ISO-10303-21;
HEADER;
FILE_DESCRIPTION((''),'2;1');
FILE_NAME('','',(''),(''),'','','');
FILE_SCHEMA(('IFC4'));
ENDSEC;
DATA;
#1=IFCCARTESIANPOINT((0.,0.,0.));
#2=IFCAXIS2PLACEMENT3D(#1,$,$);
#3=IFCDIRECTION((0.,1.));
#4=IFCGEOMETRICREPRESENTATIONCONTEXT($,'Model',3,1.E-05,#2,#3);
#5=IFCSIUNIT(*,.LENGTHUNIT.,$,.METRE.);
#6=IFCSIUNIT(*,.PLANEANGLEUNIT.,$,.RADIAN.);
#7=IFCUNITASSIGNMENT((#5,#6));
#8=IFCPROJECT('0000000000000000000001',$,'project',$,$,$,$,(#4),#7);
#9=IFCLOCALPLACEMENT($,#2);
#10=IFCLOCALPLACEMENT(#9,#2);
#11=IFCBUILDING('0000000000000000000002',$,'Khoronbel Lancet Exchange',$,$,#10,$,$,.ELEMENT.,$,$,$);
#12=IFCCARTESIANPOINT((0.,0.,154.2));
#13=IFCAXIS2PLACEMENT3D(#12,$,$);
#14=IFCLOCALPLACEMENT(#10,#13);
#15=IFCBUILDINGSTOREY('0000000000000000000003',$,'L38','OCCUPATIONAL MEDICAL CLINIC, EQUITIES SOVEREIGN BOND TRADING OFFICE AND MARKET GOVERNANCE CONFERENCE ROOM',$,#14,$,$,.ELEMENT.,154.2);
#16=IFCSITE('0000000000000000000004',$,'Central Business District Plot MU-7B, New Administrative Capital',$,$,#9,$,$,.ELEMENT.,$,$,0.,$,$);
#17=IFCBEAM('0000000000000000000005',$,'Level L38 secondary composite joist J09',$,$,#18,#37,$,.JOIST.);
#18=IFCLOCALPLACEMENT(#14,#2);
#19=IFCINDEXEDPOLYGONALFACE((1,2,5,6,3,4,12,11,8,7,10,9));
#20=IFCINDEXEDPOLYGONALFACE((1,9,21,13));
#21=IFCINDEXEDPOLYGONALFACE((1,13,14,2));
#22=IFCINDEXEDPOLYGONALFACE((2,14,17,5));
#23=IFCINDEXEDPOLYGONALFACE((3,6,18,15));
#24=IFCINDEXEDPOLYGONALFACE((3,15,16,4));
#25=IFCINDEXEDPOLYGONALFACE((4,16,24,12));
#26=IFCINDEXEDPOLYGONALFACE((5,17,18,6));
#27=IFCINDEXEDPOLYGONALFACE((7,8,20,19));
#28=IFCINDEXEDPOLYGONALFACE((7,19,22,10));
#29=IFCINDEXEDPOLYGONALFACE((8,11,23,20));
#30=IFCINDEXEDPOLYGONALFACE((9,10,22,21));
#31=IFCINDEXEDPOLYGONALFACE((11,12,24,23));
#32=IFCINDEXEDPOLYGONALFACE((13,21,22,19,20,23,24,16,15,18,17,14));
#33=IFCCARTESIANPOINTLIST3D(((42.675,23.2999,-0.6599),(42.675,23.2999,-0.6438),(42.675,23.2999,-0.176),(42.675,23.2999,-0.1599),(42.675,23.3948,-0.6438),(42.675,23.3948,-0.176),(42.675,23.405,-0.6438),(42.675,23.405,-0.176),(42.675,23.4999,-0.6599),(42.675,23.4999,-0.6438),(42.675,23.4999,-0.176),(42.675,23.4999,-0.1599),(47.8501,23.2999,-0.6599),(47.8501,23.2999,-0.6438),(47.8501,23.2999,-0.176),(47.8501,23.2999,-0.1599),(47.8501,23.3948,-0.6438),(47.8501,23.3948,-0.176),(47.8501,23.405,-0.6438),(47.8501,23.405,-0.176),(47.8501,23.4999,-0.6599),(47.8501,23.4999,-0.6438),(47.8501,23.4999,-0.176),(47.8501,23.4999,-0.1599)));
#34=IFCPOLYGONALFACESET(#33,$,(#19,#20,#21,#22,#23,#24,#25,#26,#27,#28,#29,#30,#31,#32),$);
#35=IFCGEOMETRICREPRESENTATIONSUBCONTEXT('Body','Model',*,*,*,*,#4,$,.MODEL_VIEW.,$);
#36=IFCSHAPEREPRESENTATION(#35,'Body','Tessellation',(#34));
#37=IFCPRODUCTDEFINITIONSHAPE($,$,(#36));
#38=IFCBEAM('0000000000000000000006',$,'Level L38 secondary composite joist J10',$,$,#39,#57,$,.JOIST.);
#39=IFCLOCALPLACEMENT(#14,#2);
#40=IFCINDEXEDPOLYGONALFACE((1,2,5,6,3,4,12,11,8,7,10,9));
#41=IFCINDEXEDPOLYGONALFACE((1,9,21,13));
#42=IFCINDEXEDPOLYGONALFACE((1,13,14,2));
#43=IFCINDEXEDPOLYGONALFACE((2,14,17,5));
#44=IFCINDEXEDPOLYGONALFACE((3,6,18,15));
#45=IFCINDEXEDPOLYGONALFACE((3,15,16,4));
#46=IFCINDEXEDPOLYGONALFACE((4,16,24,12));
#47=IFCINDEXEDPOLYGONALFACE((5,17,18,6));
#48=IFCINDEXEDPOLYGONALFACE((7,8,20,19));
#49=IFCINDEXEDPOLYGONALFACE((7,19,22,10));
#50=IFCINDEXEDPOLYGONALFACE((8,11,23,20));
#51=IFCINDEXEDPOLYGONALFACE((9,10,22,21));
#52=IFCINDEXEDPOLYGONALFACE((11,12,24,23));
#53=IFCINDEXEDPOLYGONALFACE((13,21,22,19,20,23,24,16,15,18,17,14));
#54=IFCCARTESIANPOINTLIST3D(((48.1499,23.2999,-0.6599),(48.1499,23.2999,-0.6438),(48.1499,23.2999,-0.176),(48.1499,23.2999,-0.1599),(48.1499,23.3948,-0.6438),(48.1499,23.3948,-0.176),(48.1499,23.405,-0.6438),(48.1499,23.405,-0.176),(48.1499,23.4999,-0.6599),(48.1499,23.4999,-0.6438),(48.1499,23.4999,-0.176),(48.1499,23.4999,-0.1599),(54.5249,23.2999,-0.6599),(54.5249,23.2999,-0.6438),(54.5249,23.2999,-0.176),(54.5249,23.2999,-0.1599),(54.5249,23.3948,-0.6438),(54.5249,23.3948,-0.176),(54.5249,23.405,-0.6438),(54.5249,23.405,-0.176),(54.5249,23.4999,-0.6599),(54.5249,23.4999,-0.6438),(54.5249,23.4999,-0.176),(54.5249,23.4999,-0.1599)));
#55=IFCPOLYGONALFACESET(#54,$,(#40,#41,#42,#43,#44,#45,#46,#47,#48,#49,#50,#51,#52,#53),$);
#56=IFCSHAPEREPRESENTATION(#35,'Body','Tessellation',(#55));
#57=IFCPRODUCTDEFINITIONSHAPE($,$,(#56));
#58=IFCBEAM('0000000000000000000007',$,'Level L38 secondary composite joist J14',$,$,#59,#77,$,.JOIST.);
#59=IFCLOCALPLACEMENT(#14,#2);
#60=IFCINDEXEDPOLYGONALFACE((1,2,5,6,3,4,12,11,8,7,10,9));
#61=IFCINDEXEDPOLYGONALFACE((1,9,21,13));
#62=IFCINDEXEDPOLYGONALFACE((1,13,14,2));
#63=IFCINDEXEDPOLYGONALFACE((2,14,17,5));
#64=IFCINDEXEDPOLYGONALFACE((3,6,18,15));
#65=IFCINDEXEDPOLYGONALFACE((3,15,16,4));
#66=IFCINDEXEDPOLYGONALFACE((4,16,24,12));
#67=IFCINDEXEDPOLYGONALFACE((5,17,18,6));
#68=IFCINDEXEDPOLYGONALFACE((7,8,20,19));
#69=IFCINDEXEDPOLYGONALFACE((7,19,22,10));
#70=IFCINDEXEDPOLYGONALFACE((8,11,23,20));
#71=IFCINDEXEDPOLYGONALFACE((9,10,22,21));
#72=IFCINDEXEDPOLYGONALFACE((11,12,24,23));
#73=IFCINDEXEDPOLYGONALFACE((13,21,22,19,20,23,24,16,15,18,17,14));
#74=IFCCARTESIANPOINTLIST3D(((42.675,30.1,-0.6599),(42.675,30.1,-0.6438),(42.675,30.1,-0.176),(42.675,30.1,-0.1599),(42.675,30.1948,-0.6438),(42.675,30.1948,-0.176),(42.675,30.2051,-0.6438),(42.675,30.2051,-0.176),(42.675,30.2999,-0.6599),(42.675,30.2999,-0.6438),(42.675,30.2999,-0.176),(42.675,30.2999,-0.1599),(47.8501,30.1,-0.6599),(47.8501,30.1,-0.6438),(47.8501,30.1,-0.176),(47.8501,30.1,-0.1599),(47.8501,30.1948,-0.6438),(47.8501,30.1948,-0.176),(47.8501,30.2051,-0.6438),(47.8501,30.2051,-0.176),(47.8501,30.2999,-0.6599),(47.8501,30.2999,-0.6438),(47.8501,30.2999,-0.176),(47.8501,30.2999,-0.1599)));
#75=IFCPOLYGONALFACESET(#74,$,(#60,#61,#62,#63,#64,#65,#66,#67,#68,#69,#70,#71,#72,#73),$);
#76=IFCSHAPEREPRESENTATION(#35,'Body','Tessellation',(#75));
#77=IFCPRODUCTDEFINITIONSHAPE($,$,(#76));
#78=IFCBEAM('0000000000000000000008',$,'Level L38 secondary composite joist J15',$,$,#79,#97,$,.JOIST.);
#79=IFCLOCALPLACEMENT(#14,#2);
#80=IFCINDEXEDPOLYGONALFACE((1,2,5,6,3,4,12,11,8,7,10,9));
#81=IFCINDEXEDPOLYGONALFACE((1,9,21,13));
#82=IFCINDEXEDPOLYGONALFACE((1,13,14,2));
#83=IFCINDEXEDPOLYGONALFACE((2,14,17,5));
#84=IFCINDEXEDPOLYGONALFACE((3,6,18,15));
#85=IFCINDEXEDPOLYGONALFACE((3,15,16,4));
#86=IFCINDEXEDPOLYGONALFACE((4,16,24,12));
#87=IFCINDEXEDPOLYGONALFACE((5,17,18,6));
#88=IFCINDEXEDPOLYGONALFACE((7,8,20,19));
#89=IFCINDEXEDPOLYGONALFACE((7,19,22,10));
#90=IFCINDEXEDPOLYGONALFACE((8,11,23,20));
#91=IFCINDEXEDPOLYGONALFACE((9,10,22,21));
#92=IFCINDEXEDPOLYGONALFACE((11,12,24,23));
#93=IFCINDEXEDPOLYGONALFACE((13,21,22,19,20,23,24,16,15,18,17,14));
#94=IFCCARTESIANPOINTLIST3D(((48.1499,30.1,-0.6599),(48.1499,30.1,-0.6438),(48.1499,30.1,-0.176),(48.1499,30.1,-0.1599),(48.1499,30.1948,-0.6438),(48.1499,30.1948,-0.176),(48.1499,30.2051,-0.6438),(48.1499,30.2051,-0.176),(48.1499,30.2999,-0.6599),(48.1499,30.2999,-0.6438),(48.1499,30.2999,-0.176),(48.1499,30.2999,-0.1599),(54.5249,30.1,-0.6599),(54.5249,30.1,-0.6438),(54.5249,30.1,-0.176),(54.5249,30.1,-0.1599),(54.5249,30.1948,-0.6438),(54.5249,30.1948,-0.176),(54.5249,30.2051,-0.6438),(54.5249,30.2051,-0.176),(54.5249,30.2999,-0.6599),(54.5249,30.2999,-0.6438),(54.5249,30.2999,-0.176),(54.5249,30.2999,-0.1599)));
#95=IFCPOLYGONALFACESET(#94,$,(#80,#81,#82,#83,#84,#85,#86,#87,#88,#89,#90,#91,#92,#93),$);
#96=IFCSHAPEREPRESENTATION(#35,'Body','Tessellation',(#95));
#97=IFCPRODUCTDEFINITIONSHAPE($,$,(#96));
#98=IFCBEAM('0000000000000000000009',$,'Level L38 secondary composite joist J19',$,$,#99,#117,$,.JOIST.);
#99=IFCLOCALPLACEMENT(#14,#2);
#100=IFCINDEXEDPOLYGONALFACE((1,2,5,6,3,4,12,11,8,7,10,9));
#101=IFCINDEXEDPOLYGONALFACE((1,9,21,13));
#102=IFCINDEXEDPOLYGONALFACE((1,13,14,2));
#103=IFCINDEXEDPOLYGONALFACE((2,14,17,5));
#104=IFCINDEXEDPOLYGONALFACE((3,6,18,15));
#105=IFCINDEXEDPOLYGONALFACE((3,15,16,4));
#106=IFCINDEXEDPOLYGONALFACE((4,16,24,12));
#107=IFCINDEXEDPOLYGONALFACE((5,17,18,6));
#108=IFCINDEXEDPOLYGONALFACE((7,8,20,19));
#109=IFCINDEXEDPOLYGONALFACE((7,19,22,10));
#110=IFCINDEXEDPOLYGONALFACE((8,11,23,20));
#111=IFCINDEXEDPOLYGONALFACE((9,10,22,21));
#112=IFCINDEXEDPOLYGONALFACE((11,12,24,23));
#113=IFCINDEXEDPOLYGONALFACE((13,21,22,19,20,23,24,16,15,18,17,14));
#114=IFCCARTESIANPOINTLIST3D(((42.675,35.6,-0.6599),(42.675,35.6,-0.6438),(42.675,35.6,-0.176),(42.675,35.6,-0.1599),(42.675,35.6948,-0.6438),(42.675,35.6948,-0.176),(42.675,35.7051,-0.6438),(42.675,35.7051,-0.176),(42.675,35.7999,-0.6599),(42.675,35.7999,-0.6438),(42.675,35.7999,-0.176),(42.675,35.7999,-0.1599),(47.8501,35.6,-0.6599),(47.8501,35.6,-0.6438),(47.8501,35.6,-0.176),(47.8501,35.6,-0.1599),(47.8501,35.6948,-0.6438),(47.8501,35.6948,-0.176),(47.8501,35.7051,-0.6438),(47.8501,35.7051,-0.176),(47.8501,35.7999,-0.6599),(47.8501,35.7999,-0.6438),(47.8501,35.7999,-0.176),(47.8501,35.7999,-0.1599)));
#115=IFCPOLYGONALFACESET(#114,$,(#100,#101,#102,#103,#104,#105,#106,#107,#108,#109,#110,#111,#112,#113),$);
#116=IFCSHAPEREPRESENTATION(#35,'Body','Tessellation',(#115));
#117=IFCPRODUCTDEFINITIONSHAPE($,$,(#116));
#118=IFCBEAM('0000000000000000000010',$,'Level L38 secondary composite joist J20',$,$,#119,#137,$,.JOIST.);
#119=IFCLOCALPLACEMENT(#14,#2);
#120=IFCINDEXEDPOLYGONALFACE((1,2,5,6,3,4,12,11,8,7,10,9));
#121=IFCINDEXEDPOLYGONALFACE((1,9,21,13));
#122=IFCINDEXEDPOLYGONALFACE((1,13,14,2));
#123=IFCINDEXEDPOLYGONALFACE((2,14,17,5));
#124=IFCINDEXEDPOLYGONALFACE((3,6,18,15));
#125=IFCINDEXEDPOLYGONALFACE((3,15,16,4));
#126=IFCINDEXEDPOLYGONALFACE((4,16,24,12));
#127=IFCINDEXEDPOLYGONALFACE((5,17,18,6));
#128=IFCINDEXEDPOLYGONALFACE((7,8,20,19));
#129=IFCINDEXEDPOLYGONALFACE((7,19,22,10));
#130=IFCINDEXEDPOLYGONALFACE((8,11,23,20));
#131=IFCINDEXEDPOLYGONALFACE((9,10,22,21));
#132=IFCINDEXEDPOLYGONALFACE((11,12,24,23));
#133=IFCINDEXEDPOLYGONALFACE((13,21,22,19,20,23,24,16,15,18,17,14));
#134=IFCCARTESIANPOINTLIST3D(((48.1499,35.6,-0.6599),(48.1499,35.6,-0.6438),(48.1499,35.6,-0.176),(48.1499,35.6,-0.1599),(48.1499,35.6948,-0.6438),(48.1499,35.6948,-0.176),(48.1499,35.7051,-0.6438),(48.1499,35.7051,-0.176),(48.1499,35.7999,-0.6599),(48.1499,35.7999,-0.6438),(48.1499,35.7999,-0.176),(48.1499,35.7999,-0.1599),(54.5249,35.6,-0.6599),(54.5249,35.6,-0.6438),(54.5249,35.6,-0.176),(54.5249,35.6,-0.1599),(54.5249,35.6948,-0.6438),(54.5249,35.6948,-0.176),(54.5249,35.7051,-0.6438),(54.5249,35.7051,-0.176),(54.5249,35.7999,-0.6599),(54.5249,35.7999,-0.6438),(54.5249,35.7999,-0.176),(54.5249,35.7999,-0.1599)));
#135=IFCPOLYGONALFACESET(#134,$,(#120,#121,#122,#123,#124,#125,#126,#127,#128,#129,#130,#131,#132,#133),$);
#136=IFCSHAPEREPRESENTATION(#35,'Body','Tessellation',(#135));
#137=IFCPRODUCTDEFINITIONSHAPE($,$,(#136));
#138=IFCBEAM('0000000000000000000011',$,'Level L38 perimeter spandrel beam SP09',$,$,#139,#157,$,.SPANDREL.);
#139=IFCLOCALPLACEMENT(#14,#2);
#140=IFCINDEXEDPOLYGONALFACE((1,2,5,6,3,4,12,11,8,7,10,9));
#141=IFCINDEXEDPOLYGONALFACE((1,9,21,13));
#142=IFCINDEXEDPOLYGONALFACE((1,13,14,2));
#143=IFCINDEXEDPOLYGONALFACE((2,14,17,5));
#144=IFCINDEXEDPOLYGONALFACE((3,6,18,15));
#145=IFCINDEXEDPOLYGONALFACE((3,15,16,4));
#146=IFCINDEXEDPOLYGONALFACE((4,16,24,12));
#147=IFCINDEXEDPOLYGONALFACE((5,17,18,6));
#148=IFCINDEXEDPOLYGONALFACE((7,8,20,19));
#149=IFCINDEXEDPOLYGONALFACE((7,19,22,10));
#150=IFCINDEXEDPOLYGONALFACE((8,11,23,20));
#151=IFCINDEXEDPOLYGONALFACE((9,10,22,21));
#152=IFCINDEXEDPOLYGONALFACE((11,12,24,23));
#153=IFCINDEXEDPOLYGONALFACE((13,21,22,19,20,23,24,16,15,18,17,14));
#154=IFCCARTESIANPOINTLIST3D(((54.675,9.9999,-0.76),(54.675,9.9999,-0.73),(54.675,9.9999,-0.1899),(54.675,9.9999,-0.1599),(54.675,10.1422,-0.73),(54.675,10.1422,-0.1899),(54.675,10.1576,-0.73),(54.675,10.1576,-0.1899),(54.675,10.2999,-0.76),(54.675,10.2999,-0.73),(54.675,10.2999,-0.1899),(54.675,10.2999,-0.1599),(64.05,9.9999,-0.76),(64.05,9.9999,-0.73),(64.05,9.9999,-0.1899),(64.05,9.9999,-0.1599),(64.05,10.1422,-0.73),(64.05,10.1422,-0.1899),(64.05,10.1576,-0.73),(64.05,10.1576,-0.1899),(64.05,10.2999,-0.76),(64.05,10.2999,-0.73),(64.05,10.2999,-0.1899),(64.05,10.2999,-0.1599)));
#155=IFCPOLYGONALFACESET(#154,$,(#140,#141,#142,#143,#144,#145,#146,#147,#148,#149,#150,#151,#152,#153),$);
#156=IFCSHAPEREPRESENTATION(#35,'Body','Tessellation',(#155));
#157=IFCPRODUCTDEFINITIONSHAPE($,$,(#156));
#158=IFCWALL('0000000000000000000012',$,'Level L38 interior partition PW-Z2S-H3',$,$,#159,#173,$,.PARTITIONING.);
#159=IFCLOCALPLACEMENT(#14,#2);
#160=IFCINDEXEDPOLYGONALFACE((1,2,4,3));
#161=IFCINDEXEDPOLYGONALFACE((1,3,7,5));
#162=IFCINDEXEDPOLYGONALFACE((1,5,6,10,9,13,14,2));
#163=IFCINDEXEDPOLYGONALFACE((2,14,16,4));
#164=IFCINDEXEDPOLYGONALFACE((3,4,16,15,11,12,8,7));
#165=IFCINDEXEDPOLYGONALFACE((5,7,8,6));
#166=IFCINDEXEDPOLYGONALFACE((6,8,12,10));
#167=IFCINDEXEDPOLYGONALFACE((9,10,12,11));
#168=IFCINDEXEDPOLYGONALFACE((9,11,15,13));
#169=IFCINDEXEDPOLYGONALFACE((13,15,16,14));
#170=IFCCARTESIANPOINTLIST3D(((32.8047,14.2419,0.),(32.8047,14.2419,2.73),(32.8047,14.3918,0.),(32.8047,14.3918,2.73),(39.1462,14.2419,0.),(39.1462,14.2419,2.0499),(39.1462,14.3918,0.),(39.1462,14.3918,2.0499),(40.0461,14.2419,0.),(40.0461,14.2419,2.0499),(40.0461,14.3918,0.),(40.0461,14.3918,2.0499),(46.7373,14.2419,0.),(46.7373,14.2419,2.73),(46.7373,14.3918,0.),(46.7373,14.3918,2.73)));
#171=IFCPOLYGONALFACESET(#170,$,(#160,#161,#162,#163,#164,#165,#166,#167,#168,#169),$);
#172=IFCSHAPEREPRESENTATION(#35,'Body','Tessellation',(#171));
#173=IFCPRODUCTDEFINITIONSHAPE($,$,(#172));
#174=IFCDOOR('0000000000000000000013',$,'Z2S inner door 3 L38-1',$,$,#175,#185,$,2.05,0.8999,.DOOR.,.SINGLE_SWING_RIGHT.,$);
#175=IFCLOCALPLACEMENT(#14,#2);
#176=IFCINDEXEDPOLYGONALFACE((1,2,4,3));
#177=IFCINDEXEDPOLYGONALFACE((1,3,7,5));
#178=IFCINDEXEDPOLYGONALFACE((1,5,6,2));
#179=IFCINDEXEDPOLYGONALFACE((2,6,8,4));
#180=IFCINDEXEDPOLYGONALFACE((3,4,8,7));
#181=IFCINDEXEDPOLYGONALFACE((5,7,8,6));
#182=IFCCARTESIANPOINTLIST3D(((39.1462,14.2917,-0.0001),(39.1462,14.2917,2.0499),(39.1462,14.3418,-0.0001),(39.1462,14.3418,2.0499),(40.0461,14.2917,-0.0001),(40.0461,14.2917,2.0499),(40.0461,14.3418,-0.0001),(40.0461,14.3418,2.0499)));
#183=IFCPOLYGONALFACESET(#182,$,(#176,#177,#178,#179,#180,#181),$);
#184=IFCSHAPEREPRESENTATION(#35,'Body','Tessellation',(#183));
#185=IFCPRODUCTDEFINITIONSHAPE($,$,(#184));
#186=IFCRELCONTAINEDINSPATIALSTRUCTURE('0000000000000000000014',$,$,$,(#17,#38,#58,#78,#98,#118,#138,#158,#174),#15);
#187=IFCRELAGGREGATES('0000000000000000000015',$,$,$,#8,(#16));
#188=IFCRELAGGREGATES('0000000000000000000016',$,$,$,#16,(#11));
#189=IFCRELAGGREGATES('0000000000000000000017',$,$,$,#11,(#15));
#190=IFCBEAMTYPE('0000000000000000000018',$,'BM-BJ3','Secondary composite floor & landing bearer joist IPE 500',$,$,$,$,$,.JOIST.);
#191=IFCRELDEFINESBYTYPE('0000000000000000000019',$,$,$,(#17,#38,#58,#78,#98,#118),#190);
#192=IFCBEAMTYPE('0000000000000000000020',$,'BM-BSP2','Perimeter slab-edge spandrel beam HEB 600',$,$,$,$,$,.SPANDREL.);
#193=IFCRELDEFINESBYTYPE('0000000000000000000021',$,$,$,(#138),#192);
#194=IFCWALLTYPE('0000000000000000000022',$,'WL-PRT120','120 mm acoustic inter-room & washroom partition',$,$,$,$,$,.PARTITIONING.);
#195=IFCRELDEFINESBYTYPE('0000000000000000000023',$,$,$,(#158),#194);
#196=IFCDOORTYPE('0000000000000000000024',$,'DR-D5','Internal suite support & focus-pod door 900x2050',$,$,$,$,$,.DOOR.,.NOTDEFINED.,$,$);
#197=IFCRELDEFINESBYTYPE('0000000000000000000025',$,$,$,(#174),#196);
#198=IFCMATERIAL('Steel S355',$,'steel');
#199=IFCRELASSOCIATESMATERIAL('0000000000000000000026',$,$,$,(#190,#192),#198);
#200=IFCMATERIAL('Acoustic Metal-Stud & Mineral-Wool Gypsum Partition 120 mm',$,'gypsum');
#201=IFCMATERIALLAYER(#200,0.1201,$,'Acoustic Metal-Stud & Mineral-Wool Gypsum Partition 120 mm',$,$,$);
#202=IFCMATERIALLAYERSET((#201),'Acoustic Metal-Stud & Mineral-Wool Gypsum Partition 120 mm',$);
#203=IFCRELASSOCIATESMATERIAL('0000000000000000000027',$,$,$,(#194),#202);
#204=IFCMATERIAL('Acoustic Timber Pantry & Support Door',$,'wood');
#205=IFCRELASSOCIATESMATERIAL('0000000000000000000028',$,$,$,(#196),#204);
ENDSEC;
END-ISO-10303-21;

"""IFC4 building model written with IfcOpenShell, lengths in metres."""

from ifc_helpers import new_model, si_unit, direction, frame, frame_2d, origin, origin_2d, place, context, subcontext, project, spatial, rectangle, i_section, extrude, material, layer, layer_set, material_profile, profile_set, type_object, element, fill, save


model = new_model("IFC4")

# Units and contexts
model_context = context("Model", 3, precision=1e-05, world=origin(), true_north=direction((0.0, 1.0)))
body_context = subcontext(model_context, "Body", "Model", "MODEL_VIEW")
ifc_project = project(units=[si_unit("LENGTHUNIT", "METRE"), si_unit("PLANEANGLEUNIT", "RADIAN")], contexts=[model_context])

# Site, building, storey
site_placement = place(None, origin())
site = spatial("IfcSite", under=ifc_project, at=site_placement, Name="Central Business District Plot MU-7B, New Administrative Capital", CompositionType="ELEMENT", RefElevation=0.0)
building_placement = place(site_placement, origin())
building = spatial("IfcBuilding", under=site, at=building_placement, Name="Khoronbel Lancet Exchange", CompositionType="ELEMENT")
storey_placement = place(building_placement, frame((0.0, 0.0, 154.2)))
storey = spatial("IfcBuildingStorey", under=building, at=storey_placement, Name="L38", Description="OCCUPATIONAL MEDICAL CLINIC, EQUITIES SOVEREIGN BOND TRADING OFFICE AND MARKET GOVERNANCE CONFERENCE ROOM", CompositionType="ELEMENT", Elevation=154.2)

# Beams
ifc_material_1 = material(Name="Steel S355", Category="steel")
ifc_material_profile_1 = material_profile(ifc_material_1, i_section(OverallWidth=0.2, OverallDepth=0.5, WebThickness=0.0103, FlangeThickness=0.0161, at=origin_2d()), Name="IPE 500")
ifc_profile_set_1 = profile_set([ifc_material_profile_1], Name="Steel S355")
beam_type_1 = type_object("IfcBeamType", Name="BM-BJ3", Description="Secondary composite floor & landing bearer joist IPE 500", PredefinedType="JOIST", material=ifc_profile_set_1)
beam_1_placement = place(storey_placement, frame((42.675, 23.3999, -0.4099), z_axis=(1.0, 0.0, 0.0), x_axis=(0.0, 1.0, 0.0)))
element("IfcBeam", 1, at=beam_1_placement, inside=storey, type_object=beam_type_1, Name="Level L38 secondary composite joist J09", PredefinedType="JOIST", context=body_context, shape_type="SweptSolid", body=[
    extrude(i_section(OverallWidth=0.2, OverallDepth=0.5, WebThickness=0.0103, FlangeThickness=0.0161, at=origin_2d()), origin(), (0.0, 0.0, 1.0), 5.175),
])
beam_2_placement = place(storey_placement, frame((48.1499, 23.3999, -0.4099), z_axis=(1.0, 0.0, 0.0), x_axis=(0.0, 1.0, 0.0)))
element("IfcBeam", 2, at=beam_2_placement, inside=storey, type_object=beam_type_1, Name="Level L38 secondary composite joist J10", PredefinedType="JOIST", context=body_context, shape_type="SweptSolid", body=[
    extrude(i_section(OverallWidth=0.2, OverallDepth=0.5, WebThickness=0.0103, FlangeThickness=0.0161, at=origin_2d()), origin(), (0.0, 0.0, 1.0), 6.375),
])
beam_3_placement = place(storey_placement, frame((42.675, 30.2, -0.4099), z_axis=(1.0, 0.0, 0.0), x_axis=(0.0, 1.0, 0.0)))
element("IfcBeam", 3, at=beam_3_placement, inside=storey, type_object=beam_type_1, Name="Level L38 secondary composite joist J14", PredefinedType="JOIST", context=body_context, shape_type="SweptSolid", body=[
    extrude(i_section(OverallWidth=0.2, OverallDepth=0.5, WebThickness=0.0103, FlangeThickness=0.0161, at=origin_2d()), origin(), (0.0, 0.0, 1.0), 5.175),
])
beam_4_placement = place(storey_placement, frame((48.1499, 30.2, -0.4099), z_axis=(1.0, 0.0, 0.0), x_axis=(0.0, 1.0, 0.0)))
element("IfcBeam", 4, at=beam_4_placement, inside=storey, type_object=beam_type_1, Name="Level L38 secondary composite joist J15", PredefinedType="JOIST", context=body_context, shape_type="SweptSolid", body=[
    extrude(i_section(OverallWidth=0.2, OverallDepth=0.5, WebThickness=0.0103, FlangeThickness=0.0161, at=origin_2d()), origin(), (0.0, 0.0, 1.0), 6.375),
])
beam_5_placement = place(storey_placement, frame((42.675, 35.7, -0.4099), z_axis=(1.0, 0.0, 0.0), x_axis=(0.0, 1.0, 0.0)))
element("IfcBeam", 5, at=beam_5_placement, inside=storey, type_object=beam_type_1, Name="Level L38 secondary composite joist J19", PredefinedType="JOIST", context=body_context, shape_type="SweptSolid", body=[
    extrude(i_section(OverallWidth=0.2, OverallDepth=0.5, WebThickness=0.0103, FlangeThickness=0.0161, at=origin_2d()), origin(), (0.0, 0.0, 1.0), 5.175),
])
beam_6_placement = place(storey_placement, frame((48.1499, 35.7, -0.4099), z_axis=(1.0, 0.0, 0.0), x_axis=(0.0, 1.0, 0.0)))
element("IfcBeam", 6, at=beam_6_placement, inside=storey, type_object=beam_type_1, Name="Level L38 secondary composite joist J20", PredefinedType="JOIST", context=body_context, shape_type="SweptSolid", body=[
    extrude(i_section(OverallWidth=0.2, OverallDepth=0.5, WebThickness=0.0103, FlangeThickness=0.0161, at=origin_2d()), origin(), (0.0, 0.0, 1.0), 6.375),
])
ifc_material_profile_2 = material_profile(ifc_material_1, i_section(OverallWidth=0.3, OverallDepth=0.6001, WebThickness=0.0154, FlangeThickness=0.03, at=origin_2d()), Name="HEB 600")
ifc_profile_set_2 = profile_set([ifc_material_profile_2], Name="Steel S355")
beam_type_2 = type_object("IfcBeamType", Name="BM-BSP2", Description="Perimeter slab-edge spandrel beam HEB 600", PredefinedType="SPANDREL", material=ifc_profile_set_2)
beam_7_placement = place(storey_placement, frame((54.675, 10.1499, -0.46), z_axis=(1.0, 0.0, 0.0), x_axis=(0.0, 1.0, 0.0)))
element("IfcBeam", 7, at=beam_7_placement, inside=storey, type_object=beam_type_2, Name="Level L38 perimeter spandrel beam SP09", PredefinedType="SPANDREL", context=body_context, shape_type="SweptSolid", body=[
    extrude(i_section(OverallWidth=0.3, OverallDepth=0.6001, WebThickness=0.0154, FlangeThickness=0.03, at=origin_2d()), origin(), (0.0, 0.0, 1.0), 9.375),
])

# Wall, opening, door
ifc_material_2 = material(Name="Acoustic Metal-Stud & Mineral-Wool Gypsum Partition 120 mm", Category="gypsum")
ifc_layer_1 = layer(ifc_material_2, 0.1201, Name="Acoustic Metal-Stud & Mineral-Wool Gypsum Partition 120 mm")
ifc_layer_set_1 = layer_set([ifc_layer_1], Name="Acoustic Metal-Stud & Mineral-Wool Gypsum Partition 120 mm")
wall_type_1 = type_object("IfcWallType", Name="WL-PRT120", Description="120 mm acoustic inter-room & washroom partition", PredefinedType="PARTITIONING", material=ifc_layer_set_1)
wall_1_placement = place(storey_placement, frame((32.8047, 14.3169, 0.0), z_axis=(0.0, 0.0, 1.0), x_axis=(1.0, 0.0, 0.0)))
wall_1 = element("IfcWall", 8, at=wall_1_placement, inside=storey, type_object=wall_type_1, Name="Level L38 interior partition PW-Z2S-H3", PredefinedType="PARTITIONING", context=body_context, shape_type="SweptSolid", body=[
    extrude(rectangle(XDim=13.9326, YDim=0.1499, at=frame_2d((6.9663, 0.0))), origin(), (0.0, 0.0, 1.0), 2.73),
])
opening_1_placement = place(wall_1_placement, frame((6.3416, 0.0, 0.0)))
opening_1 = element("IfcOpeningElement", 9, at=opening_1_placement, cuts=wall_1, PredefinedType="OPENING", context=body_context, shape_type="SweptSolid", body=[
    extrude(rectangle(XDim=0.8999, YDim=2.05, at=frame_2d((0.45, 1.0249))), frame((0.0, 0.085, 0.0), z_axis=(0.0, -1.0, 0.0), x_axis=(1.0, 0.0, 0.0)), (0.0, 0.0, 1.0), 0.1699),
])
ifc_material_3 = material(Name="Acoustic Timber Pantry & Support Door", Category="wood")
door_type_1 = type_object("IfcDoorType", Name="DR-D5", Description="Internal suite support & focus-pod door 900x2050", OperationType="NOTDEFINED", PredefinedType="DOOR", material=ifc_material_3)
door_1_placement = place(opening_1_placement, origin())
door_1 = element("IfcDoor", 10, at=door_1_placement, inside=storey, type_object=door_type_1, Name="Z2S inner door 3 L38-1", OperationType="SINGLE_SWING_RIGHT", OverallHeight=2.05, OverallWidth=0.8999, PredefinedType="DOOR", context=body_context, shape_type="SweptSolid", body=[
    extrude(rectangle(XDim=0.8999, YDim=2.05, at=frame_2d((0.45, 1.0249))), frame((0.0, 0.0249, 0.0), z_axis=(0.0, -1.0, 0.0), x_axis=(1.0, 0.0, 0.0)), (0.0, 0.0, 1.0), 0.05),
])
fill(opening_1, door_1)

save(model, "model.ifc")
